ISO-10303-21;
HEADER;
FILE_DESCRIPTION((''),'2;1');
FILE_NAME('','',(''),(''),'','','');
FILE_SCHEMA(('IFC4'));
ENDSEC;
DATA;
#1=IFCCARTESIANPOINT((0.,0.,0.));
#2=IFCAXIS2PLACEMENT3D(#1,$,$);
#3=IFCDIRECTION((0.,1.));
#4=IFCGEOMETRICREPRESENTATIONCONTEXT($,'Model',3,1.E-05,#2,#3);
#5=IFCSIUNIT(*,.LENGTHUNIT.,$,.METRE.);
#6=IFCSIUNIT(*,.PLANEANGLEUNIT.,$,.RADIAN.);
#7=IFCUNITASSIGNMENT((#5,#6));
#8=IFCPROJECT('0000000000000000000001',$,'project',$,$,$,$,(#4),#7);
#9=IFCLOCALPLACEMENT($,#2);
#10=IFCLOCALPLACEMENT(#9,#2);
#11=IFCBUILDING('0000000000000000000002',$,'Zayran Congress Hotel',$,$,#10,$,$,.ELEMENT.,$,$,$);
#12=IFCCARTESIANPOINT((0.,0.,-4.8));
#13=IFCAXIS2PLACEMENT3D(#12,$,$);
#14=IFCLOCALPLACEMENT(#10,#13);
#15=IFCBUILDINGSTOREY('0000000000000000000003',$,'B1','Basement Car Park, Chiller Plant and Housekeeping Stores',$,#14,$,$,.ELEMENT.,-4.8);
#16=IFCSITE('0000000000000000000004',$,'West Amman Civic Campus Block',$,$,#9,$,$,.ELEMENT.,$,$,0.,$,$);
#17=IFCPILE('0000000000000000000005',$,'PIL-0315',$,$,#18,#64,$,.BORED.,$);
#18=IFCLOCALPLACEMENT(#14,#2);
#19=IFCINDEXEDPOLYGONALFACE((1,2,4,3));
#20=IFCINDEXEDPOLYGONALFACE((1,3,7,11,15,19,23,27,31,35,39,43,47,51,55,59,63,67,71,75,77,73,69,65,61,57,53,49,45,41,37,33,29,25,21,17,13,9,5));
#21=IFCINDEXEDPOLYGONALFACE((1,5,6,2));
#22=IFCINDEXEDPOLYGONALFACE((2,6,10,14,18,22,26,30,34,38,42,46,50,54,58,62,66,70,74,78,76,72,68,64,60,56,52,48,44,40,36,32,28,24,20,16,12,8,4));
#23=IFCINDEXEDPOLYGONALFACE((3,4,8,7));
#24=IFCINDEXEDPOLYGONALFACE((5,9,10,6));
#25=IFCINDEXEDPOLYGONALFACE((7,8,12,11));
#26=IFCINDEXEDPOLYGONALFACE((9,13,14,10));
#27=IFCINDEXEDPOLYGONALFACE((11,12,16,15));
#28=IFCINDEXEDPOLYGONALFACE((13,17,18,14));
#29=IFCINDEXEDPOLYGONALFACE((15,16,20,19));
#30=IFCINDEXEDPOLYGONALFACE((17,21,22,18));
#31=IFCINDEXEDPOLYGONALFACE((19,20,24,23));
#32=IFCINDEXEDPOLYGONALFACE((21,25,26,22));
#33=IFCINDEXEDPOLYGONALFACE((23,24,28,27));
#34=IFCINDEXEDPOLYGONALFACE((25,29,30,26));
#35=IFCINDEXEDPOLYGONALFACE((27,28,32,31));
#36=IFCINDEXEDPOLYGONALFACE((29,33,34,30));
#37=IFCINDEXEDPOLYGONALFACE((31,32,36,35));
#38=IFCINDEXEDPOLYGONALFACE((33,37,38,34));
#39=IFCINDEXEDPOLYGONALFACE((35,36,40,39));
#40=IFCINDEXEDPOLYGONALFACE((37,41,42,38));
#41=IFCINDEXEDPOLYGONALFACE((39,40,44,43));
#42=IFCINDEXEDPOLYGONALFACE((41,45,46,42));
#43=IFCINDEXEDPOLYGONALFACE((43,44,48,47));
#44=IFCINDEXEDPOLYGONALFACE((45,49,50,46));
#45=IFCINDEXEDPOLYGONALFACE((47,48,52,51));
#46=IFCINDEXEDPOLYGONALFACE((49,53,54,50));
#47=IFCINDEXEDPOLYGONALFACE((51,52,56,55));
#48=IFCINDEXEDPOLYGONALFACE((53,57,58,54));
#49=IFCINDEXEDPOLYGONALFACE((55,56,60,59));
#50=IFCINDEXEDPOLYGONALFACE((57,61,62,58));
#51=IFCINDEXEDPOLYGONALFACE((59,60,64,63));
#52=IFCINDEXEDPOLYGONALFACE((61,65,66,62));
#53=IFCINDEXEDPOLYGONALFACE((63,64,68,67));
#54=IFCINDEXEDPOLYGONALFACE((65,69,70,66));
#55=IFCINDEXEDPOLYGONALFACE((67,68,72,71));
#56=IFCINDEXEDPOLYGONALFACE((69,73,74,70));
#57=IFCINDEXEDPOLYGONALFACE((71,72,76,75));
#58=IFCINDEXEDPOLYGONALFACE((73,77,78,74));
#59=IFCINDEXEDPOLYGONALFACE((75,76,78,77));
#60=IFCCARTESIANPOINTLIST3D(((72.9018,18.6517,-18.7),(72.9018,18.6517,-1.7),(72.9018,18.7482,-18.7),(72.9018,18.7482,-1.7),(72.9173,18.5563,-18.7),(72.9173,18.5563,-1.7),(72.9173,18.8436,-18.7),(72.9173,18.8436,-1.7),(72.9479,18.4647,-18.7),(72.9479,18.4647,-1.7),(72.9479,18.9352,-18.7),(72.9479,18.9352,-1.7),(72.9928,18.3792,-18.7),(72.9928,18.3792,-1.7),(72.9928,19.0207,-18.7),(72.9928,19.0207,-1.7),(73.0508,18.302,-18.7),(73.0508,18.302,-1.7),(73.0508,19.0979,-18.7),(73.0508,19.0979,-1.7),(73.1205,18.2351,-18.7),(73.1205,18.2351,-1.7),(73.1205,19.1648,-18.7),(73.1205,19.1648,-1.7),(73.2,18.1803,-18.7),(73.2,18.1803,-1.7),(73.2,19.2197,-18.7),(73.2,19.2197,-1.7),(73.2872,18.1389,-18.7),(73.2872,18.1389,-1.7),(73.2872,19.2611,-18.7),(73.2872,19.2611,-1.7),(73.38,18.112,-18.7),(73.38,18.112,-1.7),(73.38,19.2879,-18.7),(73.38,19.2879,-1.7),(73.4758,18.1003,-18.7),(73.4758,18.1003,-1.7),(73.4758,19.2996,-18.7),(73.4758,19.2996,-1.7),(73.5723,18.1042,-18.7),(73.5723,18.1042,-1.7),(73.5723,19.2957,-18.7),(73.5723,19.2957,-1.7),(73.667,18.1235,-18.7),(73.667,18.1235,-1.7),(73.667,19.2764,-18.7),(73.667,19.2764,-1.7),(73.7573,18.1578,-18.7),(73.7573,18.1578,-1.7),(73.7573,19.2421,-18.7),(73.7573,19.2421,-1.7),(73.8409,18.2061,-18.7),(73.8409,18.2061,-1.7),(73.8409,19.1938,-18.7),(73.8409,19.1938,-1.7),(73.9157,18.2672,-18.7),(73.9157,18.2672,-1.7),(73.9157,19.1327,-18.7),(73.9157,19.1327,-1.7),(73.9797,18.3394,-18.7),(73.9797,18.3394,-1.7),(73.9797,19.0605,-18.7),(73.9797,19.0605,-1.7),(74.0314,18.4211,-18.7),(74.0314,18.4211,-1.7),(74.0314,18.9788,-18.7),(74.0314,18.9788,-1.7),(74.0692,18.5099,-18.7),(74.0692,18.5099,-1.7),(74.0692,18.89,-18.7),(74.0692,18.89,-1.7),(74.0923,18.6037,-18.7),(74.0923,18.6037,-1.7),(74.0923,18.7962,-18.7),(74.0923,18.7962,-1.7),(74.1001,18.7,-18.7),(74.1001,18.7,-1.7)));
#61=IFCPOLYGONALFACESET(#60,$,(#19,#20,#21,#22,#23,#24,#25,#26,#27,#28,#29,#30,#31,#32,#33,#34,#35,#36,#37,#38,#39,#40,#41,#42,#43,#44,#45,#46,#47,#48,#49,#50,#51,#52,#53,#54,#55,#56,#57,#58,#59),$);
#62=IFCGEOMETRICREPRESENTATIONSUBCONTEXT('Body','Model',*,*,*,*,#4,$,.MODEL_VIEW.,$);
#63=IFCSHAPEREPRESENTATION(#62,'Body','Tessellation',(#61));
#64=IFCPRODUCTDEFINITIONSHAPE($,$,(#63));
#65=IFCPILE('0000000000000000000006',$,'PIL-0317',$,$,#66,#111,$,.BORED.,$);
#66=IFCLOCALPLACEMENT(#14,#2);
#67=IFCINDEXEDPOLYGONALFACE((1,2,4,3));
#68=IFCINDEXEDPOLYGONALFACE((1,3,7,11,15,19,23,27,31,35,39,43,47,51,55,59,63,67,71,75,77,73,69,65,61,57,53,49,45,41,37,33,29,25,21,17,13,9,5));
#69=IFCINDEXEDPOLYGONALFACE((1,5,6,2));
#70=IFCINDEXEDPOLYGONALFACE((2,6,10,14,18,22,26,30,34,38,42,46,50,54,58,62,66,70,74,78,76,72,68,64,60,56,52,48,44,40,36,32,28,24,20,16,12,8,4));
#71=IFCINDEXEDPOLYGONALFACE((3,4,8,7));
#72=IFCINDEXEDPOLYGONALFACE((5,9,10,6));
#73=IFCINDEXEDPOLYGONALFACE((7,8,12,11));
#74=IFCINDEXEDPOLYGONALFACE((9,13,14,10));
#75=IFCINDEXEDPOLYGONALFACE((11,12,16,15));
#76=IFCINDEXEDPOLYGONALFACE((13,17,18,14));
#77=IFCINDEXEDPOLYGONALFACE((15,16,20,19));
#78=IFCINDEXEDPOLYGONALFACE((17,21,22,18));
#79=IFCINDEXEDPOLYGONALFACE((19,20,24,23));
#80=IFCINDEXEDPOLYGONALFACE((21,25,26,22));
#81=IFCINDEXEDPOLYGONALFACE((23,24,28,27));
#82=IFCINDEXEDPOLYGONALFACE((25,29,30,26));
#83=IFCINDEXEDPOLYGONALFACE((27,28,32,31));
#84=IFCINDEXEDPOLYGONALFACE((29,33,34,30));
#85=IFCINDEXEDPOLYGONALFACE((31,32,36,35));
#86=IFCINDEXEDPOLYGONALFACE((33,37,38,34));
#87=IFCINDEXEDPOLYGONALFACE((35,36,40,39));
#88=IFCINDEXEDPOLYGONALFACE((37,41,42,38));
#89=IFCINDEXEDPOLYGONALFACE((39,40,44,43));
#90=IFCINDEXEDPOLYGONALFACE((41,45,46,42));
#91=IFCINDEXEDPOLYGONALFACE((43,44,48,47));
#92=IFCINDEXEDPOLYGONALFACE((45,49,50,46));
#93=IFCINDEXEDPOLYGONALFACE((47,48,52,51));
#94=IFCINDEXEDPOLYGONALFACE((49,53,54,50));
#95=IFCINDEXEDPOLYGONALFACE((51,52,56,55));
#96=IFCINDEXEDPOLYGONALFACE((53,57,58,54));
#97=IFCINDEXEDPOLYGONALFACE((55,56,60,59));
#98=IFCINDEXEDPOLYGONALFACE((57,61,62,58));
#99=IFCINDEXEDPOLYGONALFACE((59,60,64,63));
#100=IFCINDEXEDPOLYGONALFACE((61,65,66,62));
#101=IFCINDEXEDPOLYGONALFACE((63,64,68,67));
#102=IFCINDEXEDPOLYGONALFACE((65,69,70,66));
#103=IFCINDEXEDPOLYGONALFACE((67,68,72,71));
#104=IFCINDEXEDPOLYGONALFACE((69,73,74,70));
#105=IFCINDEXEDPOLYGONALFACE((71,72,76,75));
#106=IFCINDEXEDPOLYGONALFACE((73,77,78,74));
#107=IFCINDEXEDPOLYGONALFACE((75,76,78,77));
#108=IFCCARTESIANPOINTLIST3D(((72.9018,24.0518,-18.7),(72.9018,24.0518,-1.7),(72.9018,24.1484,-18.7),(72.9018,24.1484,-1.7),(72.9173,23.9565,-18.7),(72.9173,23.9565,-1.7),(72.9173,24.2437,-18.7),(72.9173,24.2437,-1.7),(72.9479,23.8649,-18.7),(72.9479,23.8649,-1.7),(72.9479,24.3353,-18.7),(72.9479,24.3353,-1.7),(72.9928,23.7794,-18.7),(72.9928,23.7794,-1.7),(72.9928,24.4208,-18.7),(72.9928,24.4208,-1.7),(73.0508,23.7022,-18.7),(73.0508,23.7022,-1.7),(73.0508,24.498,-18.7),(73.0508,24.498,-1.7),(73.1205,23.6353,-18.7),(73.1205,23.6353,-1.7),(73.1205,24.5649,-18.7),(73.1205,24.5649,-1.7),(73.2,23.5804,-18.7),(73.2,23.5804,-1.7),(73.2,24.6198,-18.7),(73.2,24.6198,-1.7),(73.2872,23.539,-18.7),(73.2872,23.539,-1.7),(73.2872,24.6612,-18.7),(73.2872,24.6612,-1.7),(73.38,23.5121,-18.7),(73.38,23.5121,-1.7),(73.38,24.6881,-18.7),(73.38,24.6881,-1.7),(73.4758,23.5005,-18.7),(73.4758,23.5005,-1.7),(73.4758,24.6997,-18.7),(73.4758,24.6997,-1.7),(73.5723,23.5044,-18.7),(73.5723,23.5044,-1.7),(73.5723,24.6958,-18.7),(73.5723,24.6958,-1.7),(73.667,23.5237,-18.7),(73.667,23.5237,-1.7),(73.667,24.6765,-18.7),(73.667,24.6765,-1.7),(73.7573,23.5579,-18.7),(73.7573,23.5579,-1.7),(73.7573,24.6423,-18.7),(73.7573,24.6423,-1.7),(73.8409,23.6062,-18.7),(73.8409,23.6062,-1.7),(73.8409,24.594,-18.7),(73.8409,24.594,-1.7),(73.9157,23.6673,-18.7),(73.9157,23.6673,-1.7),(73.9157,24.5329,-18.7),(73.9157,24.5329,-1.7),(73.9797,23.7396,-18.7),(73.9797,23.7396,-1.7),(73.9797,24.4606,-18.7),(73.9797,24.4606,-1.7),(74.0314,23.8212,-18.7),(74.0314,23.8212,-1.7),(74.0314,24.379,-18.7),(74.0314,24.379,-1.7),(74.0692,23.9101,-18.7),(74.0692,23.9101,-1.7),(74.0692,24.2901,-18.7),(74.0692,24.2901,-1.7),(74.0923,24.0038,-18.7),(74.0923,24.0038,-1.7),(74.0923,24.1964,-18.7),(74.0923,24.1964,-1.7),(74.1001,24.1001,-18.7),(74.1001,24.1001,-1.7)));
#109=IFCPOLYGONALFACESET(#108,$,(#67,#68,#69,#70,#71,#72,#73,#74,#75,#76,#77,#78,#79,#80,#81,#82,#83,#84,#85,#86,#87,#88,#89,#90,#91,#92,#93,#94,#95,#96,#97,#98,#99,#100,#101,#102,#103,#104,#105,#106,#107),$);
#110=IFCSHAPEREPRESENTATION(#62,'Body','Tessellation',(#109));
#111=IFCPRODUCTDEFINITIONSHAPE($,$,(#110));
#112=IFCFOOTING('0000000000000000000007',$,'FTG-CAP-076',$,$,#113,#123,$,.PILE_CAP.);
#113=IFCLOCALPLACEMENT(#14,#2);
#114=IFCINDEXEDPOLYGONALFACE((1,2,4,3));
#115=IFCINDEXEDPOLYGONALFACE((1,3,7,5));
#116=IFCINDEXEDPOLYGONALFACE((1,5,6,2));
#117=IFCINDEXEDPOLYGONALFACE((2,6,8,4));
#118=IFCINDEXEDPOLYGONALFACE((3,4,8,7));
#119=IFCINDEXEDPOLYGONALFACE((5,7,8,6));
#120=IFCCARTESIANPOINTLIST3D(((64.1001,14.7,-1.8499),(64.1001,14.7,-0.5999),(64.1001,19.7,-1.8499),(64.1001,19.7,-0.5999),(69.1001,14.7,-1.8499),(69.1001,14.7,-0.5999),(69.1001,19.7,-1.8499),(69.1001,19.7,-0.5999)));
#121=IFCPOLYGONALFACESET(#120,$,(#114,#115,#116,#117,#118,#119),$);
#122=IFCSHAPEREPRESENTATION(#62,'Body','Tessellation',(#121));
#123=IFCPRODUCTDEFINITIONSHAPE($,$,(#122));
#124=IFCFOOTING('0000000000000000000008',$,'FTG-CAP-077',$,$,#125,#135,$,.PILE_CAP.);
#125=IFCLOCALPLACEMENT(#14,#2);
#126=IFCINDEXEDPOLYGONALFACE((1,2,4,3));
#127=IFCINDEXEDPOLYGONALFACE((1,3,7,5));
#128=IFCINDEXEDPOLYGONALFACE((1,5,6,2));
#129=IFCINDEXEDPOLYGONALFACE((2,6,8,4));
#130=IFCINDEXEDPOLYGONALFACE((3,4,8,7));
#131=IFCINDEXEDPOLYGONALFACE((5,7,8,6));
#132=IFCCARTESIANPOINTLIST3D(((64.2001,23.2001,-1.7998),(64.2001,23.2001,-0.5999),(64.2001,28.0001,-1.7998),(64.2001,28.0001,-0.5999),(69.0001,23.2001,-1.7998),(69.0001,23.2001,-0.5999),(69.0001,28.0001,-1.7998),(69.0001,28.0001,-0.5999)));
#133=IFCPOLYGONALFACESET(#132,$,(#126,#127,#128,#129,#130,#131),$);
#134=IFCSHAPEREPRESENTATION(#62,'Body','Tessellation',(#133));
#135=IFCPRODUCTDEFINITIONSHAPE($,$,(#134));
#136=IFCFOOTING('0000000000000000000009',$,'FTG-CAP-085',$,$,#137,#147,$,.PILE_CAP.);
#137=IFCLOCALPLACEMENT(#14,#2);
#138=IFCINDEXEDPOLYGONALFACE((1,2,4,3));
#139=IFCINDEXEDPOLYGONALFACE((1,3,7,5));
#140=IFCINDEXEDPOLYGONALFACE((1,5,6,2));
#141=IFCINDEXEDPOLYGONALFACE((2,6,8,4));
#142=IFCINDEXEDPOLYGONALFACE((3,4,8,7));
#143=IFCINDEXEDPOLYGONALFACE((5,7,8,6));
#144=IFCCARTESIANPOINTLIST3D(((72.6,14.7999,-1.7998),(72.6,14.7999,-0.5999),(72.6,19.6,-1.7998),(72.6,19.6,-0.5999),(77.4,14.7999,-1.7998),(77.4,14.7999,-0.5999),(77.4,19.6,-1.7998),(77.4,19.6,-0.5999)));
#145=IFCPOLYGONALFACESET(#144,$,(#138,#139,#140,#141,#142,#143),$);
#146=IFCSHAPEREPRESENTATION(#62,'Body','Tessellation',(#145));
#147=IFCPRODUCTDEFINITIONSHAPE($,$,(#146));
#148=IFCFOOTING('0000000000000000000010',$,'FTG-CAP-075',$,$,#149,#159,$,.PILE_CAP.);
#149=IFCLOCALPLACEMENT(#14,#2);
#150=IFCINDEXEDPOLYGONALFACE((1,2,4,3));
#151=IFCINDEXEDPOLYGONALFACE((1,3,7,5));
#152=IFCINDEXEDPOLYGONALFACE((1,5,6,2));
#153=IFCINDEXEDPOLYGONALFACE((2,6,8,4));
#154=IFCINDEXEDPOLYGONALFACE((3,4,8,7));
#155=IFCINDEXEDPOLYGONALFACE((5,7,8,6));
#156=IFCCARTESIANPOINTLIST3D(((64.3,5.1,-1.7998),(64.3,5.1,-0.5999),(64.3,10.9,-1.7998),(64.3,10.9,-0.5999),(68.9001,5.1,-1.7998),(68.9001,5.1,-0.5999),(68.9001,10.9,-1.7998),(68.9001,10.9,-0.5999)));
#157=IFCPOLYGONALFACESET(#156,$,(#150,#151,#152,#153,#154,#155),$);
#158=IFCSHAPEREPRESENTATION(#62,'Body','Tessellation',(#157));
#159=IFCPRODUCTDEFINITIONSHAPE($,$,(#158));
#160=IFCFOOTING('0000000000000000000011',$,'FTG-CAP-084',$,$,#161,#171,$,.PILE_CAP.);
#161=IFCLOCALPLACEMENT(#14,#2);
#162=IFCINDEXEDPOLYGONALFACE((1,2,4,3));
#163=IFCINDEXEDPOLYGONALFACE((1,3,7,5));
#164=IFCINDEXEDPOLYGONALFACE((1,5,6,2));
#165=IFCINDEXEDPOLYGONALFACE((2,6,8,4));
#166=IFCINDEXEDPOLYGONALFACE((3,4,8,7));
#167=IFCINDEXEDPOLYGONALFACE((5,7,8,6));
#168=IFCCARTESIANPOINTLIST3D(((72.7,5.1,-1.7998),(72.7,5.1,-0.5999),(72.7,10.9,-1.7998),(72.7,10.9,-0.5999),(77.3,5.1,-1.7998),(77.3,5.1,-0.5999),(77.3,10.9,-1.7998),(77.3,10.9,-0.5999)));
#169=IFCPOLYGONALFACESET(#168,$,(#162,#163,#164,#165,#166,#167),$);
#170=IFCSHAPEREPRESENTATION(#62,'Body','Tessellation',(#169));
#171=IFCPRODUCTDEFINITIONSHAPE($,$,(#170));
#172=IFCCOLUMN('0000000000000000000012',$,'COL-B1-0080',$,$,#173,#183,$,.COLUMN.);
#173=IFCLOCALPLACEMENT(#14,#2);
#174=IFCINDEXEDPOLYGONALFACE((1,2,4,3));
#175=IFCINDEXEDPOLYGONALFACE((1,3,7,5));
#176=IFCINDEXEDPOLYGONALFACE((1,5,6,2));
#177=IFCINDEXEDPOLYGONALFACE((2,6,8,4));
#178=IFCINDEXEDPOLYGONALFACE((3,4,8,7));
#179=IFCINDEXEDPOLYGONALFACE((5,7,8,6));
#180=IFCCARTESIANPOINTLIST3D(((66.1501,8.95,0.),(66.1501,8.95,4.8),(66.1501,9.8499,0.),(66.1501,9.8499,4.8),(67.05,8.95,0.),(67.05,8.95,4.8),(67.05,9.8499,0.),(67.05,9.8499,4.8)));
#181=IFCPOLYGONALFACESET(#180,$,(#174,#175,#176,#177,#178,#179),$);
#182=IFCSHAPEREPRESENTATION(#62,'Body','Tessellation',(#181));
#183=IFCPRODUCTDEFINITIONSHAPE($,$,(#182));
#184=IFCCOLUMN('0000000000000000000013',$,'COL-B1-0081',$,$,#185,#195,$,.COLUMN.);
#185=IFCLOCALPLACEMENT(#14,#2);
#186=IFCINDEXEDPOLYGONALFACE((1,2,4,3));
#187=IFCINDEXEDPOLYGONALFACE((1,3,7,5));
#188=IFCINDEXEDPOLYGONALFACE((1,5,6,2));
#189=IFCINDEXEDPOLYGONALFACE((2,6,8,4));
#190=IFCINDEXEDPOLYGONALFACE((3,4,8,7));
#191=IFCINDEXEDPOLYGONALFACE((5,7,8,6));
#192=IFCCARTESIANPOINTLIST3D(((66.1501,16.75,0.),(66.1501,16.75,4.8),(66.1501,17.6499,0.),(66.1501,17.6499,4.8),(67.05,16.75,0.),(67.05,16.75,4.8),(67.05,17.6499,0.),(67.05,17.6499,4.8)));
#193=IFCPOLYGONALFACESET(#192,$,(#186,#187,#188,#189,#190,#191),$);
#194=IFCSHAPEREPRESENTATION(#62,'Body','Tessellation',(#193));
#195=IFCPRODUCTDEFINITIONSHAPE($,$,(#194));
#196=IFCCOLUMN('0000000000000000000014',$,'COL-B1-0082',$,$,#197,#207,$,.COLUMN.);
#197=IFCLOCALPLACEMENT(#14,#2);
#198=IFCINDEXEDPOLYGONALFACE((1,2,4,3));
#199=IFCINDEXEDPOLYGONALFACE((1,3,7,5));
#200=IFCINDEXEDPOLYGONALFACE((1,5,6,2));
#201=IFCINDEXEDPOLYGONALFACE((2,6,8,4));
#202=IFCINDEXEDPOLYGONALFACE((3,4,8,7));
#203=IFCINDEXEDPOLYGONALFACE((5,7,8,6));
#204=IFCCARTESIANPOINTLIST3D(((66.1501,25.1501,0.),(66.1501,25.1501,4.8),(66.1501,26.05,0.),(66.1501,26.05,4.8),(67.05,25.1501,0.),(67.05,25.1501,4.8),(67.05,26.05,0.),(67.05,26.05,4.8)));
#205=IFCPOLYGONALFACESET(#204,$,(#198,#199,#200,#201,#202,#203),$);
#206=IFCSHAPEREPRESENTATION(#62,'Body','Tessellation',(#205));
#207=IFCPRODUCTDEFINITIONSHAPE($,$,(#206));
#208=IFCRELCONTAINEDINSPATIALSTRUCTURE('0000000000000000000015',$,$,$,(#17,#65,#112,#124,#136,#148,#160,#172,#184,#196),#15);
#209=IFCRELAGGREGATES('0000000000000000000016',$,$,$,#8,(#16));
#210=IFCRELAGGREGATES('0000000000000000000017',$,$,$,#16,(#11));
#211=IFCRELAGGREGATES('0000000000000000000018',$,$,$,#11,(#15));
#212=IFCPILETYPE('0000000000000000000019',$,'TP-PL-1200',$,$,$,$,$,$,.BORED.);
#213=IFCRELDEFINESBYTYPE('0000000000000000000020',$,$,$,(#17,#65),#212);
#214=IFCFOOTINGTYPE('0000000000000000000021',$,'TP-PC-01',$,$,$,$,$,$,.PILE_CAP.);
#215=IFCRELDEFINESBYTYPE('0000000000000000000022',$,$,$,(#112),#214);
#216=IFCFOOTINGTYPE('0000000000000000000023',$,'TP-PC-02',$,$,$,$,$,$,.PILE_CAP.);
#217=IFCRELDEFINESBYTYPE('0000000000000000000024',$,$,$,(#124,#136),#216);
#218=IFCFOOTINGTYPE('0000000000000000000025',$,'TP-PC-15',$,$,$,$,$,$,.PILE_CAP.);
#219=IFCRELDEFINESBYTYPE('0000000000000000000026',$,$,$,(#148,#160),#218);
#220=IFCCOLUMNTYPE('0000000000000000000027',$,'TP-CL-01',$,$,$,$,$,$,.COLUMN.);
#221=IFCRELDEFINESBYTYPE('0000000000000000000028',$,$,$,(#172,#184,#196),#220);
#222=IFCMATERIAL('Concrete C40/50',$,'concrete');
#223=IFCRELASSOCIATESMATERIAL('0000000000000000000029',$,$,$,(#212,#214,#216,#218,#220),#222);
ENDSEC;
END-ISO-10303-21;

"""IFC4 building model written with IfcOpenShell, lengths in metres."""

from ifc_helpers import new_model, si_unit, direction, frame, origin, origin_2d, place, context, subcontext, project, spatial, rectangle, circle, extrude, material, material_profile, profile_set, type_object, element, save


model = new_model("IFC4")

# Units and contexts
model_context = context("Model", 3, precision=1e-05, world=origin(), true_north=direction((0.0, 1.0)))
body_context = subcontext(model_context, "Body", "Model", "MODEL_VIEW")
ifc_project = project(units=[si_unit("LENGTHUNIT", "METRE"), si_unit("PLANEANGLEUNIT", "RADIAN")], contexts=[model_context])

# Site, building, storey
site_placement = place(None, origin())
site = spatial("IfcSite", under=ifc_project, at=site_placement, Name="West Amman Civic Campus Block", CompositionType="ELEMENT", RefElevation=0.0)
building_placement = place(site_placement, origin())
building = spatial("IfcBuilding", under=site, at=building_placement, Name="Zayran Congress Hotel", CompositionType="ELEMENT")
storey_placement = place(building_placement, frame((0.0, 0.0, -4.8)))
storey = spatial("IfcBuildingStorey", under=building, at=storey_placement, Name="B1", Description="Basement Car Park, Chiller Plant and Housekeeping Stores", CompositionType="ELEMENT", Elevation=-4.8)

# Piles
ifc_material = material(Name="Concrete C40/50", Category="concrete")
ifc_material_profile_1 = material_profile(ifc_material, circle(Radius=0.6001, at=origin_2d()), Name="PILE D1200")
ifc_profile_set_1 = profile_set([ifc_material_profile_1], Name="Concrete C40/50")
pile_type = type_object("IfcPileType", Name="TP-PL-1200", PredefinedType="BORED", material=ifc_profile_set_1)
for number, where, z_axis, x_axis, name in (
    (1, (73.5, 18.7, -1.7), (0.0, 0.0, -1.0), (1.0, 0.0, 0.0), "PIL-0315"),
    (2, (73.5, 24.1001, -1.7), (0.0, 0.0, -1.0), (1.0, 0.0, 0.0), "PIL-0317"),
):
    element("IfcPile", number, at=place(storey_placement, frame(where, z_axis=z_axis, x_axis=x_axis)), inside=storey, type_object=pile_type, Name=name, PredefinedType="BORED", context=body_context, shape_type="SweptSolid", body=[
        extrude(circle(Radius=0.6001, at=origin_2d()), origin(), (0.0, 0.0, 1.0), 17.0),
    ])

# Footings
footing_type_1 = type_object("IfcFootingType", Name="TP-PC-01", PredefinedType="PILE_CAP", material=ifc_material)
footing_placement = place(storey_placement, frame((66.6001, 17.2, -1.8499), z_axis=(0.0, 0.0, 1.0), x_axis=(1.0, 0.0, 0.0)))
element("IfcFooting", 3, at=footing_placement, inside=storey, type_object=footing_type_1, Name="FTG-CAP-076", PredefinedType="PILE_CAP", context=body_context, shape_type="SweptSolid", body=[
    extrude(rectangle(XDim=5.0, YDim=5.0, at=origin_2d()), origin(), (0.0, 0.0, 1.0), 1.25),
])
footing_type_2 = type_object("IfcFootingType", Name="TP-PC-02", PredefinedType="PILE_CAP", material=ifc_material)
for number, where, z_axis, x_axis, name in (
    (4, (66.6001, 25.6001, -1.7998), (0.0, 0.0, 1.0), (1.0, 0.0, 0.0), "FTG-CAP-077"),
    (5, (75.0, 17.2, -1.7998), (0.0, 0.0, 1.0), (1.0, 0.0, 0.0), "FTG-CAP-085"),
):
    element("IfcFooting", number, at=place(storey_placement, frame(where, z_axis=z_axis, x_axis=x_axis)), inside=storey, type_object=footing_type_2, Name=name, PredefinedType="PILE_CAP", context=body_context, shape_type="SweptSolid", body=[
        extrude(rectangle(XDim=4.8, YDim=4.8, at=origin_2d()), origin(), (0.0, 0.0, 1.0), 1.2),
    ])
footing_type_3 = type_object("IfcFootingType", Name="TP-PC-15", PredefinedType="PILE_CAP", material=ifc_material)
for number, where, z_axis, x_axis, name in (
    (6, (66.6001, 8.0, -1.7998), (0.0, 0.0, 1.0), (1.0, 0.0, 0.0), "FTG-CAP-075"),
    (7, (75.0, 8.0, -1.7998), (0.0, 0.0, 1.0), (1.0, 0.0, 0.0), "FTG-CAP-084"),
):
    element("IfcFooting", number, at=place(storey_placement, frame(where, z_axis=z_axis, x_axis=x_axis)), inside=storey, type_object=footing_type_3, Name=name, PredefinedType="PILE_CAP", context=body_context, shape_type="SweptSolid", body=[
        extrude(rectangle(XDim=4.6001, YDim=5.8, at=origin_2d()), origin(), (0.0, 0.0, 1.0), 1.2),
    ])

# Columns
ifc_material_profile_2 = material_profile(ifc_material, rectangle(XDim=0.8999, YDim=0.8999, at=origin_2d()), Name="RC 900x900")
ifc_profile_set_2 = profile_set([ifc_material_profile_2], Name="Concrete C40/50")
column_type = type_object("IfcColumnType", Name="TP-CL-01", PredefinedType="COLUMN", material=ifc_profile_set_2)
for number, where, z_axis, x_axis, name in (
    (8, (66.6001, 9.3999, 0.0), (0.0, 0.0, 1.0), (1.0, 0.0, 0.0), "COL-B1-0080"),
    (9, (66.6001, 17.2, 0.0), (0.0, 0.0, 1.0), (1.0, 0.0, 0.0), "COL-B1-0081"),
    (10, (66.6001, 25.6001, 0.0), (0.0, 0.0, 1.0), (1.0, 0.0, 0.0), "COL-B1-0082"),
):
    element("IfcColumn", number, at=place(storey_placement, frame(where, z_axis=z_axis, x_axis=x_axis)), inside=storey, type_object=column_type, Name=name, PredefinedType="COLUMN", context=body_context, shape_type="SweptSolid", body=[
        extrude(rectangle(XDim=0.8999, YDim=0.8999, at=origin_2d()), origin(), (0.0, 0.0, 1.0), 4.8),
    ])

save(model, "model.ifc")
